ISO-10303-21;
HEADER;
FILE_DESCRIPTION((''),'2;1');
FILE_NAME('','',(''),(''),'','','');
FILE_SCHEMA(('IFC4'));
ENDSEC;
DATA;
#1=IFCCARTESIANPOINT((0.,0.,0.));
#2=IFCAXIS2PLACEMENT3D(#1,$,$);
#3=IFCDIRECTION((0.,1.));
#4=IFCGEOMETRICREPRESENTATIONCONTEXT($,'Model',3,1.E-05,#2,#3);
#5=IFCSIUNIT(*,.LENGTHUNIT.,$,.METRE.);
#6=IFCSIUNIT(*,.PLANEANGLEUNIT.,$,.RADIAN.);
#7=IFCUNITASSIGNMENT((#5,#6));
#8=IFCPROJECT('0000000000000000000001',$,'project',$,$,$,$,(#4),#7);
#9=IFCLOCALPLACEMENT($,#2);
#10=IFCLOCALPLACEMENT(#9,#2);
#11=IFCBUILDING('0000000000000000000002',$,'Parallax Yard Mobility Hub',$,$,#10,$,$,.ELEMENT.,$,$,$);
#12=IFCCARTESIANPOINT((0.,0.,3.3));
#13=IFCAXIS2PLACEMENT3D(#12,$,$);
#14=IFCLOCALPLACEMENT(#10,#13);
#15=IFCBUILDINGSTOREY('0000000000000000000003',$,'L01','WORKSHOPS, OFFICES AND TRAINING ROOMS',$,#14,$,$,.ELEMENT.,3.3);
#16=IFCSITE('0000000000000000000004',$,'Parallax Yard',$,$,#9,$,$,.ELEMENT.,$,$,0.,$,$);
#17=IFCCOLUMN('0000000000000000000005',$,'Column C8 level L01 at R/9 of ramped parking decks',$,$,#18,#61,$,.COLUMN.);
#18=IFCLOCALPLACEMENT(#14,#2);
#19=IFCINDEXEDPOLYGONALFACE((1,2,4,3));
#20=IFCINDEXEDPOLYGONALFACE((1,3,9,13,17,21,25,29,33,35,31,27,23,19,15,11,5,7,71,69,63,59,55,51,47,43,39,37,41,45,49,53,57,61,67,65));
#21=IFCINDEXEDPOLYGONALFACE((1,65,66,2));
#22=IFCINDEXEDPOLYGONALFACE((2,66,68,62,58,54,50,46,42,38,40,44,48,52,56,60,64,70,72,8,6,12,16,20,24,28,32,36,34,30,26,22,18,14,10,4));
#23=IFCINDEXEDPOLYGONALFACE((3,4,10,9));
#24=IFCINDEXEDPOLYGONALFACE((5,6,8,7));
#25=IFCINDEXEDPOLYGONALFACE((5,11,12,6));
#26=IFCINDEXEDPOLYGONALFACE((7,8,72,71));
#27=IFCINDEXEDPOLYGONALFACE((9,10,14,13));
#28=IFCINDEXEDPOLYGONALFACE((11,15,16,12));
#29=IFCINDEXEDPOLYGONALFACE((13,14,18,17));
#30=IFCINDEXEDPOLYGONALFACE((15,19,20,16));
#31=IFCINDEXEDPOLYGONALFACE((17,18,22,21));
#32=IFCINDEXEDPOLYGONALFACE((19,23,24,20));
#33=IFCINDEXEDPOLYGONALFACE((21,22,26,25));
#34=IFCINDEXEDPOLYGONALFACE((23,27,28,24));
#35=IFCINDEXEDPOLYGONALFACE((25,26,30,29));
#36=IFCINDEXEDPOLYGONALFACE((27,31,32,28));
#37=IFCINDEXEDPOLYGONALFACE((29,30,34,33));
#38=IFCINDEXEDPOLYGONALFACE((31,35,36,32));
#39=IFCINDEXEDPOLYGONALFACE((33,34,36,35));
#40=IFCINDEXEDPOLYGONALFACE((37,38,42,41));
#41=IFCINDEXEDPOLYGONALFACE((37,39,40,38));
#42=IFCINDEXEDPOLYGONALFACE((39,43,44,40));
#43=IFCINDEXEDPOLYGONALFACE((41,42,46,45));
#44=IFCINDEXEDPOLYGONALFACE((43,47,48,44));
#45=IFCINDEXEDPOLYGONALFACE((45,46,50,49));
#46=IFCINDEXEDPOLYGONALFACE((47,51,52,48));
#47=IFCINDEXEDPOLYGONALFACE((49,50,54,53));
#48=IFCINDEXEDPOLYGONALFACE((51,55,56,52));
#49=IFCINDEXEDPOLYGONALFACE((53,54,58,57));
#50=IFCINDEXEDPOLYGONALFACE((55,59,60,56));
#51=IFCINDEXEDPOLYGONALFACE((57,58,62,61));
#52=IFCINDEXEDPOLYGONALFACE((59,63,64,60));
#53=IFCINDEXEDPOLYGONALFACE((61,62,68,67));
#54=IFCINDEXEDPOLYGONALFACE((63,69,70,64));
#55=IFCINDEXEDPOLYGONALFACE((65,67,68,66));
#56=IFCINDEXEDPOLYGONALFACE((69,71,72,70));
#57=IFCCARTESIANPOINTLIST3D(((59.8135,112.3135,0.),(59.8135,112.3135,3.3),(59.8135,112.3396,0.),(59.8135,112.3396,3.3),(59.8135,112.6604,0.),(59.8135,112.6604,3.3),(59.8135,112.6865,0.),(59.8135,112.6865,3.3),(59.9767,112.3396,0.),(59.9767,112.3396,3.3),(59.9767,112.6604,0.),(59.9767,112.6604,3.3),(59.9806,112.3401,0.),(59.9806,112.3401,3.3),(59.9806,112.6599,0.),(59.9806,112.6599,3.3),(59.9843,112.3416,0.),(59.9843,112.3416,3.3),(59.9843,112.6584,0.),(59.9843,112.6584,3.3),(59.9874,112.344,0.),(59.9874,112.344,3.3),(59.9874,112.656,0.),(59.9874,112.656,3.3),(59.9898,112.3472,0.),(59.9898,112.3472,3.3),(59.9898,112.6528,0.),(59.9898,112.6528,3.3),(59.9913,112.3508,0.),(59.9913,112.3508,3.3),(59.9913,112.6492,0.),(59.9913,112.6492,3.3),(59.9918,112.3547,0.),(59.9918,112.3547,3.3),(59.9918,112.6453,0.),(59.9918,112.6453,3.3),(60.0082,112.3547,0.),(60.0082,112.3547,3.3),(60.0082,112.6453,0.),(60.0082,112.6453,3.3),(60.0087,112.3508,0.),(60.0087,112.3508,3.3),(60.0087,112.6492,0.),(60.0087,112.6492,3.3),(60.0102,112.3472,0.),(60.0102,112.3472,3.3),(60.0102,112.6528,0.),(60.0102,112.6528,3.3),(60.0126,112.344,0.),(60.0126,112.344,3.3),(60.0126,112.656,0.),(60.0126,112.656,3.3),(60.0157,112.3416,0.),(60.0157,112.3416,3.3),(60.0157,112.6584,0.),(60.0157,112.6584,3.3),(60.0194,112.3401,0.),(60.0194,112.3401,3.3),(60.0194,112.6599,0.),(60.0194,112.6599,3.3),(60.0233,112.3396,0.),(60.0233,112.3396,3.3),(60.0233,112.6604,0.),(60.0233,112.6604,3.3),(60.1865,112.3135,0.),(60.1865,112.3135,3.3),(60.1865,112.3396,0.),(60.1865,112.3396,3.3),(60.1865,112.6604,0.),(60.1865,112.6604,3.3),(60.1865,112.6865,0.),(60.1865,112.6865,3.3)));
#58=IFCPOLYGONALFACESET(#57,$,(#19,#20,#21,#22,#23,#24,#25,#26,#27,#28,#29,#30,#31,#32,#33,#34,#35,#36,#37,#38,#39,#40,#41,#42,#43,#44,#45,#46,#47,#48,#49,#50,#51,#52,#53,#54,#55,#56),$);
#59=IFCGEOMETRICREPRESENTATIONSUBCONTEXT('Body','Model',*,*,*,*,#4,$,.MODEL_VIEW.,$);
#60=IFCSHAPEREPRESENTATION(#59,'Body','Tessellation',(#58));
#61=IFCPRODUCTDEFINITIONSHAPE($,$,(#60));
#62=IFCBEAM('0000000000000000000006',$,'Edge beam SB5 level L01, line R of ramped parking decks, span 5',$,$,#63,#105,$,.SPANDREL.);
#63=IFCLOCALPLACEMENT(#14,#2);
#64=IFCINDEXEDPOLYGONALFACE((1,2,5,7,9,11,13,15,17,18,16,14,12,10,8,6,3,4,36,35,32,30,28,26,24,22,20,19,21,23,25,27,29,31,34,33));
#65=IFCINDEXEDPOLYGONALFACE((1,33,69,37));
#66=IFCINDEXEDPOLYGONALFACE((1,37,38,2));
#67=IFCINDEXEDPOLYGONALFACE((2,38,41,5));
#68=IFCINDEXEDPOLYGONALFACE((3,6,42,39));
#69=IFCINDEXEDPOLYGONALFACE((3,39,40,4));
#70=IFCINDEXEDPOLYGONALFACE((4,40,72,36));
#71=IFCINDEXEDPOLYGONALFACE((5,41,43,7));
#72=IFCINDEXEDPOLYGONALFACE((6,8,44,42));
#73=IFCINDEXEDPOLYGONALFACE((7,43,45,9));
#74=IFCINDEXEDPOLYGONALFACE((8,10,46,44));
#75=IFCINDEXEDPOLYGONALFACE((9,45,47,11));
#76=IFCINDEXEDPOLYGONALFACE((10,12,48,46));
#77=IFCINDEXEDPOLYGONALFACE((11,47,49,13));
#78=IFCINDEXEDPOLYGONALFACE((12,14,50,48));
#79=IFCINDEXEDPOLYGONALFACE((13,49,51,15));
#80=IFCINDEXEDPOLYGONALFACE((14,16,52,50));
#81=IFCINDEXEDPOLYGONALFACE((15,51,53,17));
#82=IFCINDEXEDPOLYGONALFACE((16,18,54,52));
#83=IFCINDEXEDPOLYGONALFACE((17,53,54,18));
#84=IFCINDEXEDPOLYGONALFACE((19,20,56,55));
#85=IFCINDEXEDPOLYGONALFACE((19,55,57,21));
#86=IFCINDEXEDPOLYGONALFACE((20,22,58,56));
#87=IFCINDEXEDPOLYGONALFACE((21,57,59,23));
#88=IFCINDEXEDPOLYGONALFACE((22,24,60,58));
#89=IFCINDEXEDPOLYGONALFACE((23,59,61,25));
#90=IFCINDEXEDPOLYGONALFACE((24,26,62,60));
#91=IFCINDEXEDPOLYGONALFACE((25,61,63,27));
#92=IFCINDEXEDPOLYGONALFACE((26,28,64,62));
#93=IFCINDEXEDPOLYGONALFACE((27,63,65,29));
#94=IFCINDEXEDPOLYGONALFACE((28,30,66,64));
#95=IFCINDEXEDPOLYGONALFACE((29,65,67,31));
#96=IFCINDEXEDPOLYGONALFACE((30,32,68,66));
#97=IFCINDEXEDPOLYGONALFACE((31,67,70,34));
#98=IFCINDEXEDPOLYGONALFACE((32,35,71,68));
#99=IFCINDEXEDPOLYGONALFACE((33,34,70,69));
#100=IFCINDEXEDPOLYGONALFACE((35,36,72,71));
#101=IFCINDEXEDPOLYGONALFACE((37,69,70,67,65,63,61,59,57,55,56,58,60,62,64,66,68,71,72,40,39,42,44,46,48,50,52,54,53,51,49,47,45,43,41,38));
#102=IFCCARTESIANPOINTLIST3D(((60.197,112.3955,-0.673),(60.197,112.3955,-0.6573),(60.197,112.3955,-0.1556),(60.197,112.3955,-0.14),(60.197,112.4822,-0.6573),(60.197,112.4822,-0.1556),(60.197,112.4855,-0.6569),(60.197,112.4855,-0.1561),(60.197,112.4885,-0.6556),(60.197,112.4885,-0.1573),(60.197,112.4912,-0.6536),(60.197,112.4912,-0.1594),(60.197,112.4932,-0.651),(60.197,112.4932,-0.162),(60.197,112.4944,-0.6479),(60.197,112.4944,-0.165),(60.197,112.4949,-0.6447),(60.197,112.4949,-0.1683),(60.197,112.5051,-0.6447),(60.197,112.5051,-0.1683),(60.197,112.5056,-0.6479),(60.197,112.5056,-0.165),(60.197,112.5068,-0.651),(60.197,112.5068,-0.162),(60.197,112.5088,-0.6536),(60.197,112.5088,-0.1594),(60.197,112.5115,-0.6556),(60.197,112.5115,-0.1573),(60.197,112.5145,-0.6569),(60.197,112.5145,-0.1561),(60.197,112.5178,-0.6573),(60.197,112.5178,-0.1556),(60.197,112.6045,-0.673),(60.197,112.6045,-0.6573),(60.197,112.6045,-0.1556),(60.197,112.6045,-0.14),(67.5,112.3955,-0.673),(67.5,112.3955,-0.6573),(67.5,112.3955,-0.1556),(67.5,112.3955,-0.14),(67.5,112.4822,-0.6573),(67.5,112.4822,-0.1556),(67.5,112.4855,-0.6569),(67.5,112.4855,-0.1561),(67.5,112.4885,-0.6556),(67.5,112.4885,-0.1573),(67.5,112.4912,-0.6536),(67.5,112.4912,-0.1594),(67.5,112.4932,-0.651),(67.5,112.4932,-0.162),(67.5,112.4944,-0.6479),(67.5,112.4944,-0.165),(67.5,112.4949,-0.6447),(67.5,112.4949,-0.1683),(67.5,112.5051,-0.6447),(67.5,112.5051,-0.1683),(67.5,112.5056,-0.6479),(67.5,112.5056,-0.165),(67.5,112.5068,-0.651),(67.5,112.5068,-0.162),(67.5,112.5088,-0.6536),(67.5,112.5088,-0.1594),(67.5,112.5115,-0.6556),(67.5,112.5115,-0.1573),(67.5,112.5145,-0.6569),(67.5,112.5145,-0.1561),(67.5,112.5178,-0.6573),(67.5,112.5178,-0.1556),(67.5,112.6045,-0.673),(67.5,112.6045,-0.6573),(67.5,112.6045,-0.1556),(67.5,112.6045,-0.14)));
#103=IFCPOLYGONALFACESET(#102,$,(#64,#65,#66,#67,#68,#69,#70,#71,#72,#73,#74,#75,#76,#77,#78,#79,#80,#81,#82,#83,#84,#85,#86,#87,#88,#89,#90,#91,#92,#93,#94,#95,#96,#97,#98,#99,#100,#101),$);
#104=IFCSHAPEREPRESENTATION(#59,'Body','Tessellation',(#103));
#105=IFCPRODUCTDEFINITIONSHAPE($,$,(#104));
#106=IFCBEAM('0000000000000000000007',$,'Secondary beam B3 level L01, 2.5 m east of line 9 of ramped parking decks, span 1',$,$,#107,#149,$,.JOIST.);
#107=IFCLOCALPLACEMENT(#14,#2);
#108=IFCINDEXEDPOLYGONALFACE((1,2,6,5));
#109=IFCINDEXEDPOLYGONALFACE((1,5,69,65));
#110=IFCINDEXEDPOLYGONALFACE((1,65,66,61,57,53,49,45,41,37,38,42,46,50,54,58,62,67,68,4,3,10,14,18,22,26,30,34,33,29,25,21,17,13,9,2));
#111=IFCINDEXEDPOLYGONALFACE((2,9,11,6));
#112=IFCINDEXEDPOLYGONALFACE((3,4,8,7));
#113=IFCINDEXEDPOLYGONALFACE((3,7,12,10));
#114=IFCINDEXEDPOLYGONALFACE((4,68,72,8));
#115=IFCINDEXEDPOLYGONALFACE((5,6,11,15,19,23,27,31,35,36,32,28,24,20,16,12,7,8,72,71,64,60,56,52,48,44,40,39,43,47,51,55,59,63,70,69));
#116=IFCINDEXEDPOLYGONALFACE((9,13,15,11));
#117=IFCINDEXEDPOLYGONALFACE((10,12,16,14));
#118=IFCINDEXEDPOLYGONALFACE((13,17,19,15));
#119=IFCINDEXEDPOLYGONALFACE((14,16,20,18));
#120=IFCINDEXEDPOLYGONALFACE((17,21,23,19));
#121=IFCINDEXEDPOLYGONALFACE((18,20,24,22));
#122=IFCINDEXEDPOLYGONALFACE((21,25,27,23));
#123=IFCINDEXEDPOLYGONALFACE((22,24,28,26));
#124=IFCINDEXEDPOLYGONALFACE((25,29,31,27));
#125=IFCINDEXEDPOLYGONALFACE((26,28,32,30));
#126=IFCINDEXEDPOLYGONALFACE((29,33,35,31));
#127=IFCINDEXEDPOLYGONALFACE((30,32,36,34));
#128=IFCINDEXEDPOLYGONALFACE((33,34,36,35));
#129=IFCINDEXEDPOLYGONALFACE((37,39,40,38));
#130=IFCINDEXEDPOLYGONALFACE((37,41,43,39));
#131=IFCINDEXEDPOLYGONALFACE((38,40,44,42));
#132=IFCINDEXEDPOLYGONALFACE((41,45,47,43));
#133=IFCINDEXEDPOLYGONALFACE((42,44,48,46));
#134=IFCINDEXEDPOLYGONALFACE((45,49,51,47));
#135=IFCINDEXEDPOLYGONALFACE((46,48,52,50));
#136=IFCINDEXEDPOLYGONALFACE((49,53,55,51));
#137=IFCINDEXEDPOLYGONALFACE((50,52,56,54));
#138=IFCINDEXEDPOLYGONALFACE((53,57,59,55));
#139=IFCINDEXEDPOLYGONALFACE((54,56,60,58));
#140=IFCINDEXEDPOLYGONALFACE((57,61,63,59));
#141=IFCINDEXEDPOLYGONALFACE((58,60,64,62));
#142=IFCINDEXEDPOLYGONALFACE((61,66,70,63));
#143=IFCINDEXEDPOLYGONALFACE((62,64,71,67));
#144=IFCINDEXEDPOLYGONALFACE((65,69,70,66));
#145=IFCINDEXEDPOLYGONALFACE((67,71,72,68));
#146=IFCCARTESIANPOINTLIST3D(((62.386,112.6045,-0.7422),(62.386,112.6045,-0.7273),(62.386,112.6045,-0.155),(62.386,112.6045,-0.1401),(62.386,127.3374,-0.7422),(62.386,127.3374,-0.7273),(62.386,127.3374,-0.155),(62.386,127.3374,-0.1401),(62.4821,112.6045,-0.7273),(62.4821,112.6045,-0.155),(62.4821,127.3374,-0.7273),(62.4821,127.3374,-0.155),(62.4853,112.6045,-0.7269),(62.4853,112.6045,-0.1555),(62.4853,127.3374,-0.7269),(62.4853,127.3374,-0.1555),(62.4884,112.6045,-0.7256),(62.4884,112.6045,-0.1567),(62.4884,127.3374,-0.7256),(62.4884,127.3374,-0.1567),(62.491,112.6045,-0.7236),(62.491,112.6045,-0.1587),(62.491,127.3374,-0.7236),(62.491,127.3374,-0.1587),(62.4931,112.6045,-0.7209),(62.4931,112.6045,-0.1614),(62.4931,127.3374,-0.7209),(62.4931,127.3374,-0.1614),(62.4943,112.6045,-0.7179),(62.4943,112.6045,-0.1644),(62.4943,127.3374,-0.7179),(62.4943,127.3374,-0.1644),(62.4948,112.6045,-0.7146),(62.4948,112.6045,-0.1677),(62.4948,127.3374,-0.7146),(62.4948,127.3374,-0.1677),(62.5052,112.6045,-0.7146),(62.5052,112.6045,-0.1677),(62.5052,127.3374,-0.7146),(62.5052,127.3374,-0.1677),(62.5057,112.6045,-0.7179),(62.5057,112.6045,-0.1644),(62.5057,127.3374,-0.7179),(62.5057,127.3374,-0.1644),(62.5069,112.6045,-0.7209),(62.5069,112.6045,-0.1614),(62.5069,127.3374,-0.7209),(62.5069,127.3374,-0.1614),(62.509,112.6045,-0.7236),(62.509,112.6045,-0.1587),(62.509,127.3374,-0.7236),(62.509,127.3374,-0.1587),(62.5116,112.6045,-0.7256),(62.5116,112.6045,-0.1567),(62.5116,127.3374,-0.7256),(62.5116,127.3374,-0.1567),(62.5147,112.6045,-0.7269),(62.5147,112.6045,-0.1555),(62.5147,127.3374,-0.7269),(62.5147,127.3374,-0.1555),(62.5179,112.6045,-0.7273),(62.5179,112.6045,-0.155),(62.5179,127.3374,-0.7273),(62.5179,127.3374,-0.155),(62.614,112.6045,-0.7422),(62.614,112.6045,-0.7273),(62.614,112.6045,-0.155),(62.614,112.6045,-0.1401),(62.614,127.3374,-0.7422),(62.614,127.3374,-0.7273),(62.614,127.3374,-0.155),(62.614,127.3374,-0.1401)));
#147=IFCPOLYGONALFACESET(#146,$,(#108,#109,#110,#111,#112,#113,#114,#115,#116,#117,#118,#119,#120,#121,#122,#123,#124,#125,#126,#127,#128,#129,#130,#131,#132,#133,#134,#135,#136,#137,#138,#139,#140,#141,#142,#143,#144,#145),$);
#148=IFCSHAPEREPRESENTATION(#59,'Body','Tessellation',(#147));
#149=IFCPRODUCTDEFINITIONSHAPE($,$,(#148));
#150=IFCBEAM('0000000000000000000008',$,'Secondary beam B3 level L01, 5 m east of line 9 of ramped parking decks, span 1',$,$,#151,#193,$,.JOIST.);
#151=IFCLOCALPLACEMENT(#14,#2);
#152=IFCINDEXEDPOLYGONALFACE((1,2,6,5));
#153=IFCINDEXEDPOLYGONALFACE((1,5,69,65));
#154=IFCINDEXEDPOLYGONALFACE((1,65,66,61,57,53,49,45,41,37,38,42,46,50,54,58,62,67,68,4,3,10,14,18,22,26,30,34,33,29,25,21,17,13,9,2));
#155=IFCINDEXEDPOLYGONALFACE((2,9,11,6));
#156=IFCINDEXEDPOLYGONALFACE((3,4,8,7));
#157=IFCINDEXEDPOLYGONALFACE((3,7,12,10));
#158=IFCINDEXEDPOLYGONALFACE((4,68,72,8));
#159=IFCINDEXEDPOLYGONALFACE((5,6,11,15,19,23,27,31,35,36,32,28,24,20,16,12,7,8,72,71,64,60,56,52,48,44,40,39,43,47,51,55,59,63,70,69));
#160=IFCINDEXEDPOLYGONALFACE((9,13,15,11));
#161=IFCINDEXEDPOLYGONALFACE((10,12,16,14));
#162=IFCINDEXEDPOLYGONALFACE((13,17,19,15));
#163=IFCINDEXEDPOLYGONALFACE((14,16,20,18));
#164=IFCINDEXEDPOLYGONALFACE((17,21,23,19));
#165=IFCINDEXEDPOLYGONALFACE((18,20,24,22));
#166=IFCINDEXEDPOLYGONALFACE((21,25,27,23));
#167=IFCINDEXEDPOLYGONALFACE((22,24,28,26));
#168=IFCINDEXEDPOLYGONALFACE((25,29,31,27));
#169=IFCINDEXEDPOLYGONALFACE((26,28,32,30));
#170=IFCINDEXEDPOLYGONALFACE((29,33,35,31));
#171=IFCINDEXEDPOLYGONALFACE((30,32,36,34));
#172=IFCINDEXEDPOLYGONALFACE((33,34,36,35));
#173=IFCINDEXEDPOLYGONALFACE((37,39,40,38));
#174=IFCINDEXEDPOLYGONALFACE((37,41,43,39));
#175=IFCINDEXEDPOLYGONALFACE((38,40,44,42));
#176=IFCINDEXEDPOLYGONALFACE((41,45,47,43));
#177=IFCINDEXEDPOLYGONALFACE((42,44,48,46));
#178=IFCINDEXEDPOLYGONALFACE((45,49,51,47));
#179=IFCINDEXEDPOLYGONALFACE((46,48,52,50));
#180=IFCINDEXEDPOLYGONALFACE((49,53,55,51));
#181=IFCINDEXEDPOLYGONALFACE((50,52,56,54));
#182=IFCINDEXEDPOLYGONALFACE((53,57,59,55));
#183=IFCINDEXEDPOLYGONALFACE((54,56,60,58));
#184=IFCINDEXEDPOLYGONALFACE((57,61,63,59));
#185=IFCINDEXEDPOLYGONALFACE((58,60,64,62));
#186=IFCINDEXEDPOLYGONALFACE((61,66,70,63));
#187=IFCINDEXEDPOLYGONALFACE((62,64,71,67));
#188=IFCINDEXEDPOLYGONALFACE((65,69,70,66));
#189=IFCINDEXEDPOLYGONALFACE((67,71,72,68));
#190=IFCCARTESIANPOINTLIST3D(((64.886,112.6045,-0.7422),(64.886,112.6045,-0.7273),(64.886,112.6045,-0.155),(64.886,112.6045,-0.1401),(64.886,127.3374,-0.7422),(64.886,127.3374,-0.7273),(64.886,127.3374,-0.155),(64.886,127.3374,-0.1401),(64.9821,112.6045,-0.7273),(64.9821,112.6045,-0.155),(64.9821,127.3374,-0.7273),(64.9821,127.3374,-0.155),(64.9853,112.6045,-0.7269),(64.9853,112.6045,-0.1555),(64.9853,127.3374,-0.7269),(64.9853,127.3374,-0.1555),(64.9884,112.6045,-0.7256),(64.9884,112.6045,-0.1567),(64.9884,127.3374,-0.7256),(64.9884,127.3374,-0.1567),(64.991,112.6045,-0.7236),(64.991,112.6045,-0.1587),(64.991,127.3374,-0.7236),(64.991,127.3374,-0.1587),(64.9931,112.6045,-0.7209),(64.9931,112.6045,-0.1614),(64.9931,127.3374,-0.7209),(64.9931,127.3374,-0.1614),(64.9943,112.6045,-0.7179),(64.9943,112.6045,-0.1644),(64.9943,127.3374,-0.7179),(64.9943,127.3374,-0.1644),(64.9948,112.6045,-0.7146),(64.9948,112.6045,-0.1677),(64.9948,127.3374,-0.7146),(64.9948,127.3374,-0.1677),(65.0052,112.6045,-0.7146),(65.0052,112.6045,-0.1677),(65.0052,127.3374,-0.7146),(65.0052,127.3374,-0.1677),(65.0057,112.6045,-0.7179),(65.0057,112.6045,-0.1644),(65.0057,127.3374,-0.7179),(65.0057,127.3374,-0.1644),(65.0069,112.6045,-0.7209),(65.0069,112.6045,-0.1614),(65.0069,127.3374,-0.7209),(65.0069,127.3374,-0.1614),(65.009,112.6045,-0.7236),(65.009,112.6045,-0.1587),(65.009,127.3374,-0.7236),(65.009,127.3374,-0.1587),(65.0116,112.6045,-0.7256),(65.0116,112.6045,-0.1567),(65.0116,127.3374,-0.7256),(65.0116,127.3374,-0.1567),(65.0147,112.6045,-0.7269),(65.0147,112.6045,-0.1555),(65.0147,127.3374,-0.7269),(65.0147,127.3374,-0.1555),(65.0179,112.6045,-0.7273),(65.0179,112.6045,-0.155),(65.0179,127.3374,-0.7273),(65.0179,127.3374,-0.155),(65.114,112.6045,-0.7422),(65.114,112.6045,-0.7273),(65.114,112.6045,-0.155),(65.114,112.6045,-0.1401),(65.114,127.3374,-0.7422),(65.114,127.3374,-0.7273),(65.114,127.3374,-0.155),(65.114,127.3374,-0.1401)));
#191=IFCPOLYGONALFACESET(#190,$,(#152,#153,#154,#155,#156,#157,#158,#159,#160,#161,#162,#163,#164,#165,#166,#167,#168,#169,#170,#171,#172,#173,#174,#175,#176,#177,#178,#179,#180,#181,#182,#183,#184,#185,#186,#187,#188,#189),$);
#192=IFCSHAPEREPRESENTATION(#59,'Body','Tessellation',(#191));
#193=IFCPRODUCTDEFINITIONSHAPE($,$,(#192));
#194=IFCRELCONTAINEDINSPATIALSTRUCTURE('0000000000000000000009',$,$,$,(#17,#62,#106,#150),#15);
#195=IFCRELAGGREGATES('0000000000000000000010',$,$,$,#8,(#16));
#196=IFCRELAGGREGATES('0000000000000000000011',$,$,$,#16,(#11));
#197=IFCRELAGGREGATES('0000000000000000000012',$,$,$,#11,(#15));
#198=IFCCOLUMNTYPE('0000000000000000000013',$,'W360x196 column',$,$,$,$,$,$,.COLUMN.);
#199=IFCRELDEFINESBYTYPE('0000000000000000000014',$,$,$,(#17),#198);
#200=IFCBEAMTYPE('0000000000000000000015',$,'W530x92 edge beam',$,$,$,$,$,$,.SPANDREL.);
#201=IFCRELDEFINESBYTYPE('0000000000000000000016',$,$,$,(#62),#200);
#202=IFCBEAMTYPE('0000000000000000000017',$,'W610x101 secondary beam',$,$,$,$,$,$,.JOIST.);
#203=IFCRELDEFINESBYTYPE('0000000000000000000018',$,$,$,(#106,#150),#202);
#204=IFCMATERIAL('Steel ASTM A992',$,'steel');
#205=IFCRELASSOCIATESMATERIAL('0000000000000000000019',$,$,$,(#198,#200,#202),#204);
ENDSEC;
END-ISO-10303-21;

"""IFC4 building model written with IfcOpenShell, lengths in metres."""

from ifc_helpers import new_model, si_unit, direction, frame, origin, origin_2d, place, context, subcontext, project, spatial, i_section, extrude, material, material_profile, profile_set, type_object, element, save


model = new_model("IFC4")

# Units and contexts
model_context = context("Model", 3, precision=1e-05, world=origin(), true_north=direction((0.0, 1.0)))
body_context = subcontext(model_context, "Body", "Model", "MODEL_VIEW")
ifc_project = project(units=[si_unit("LENGTHUNIT", "METRE"), si_unit("PLANEANGLEUNIT", "RADIAN")], contexts=[model_context])

# Site, building, storey
site_placement = place(None, origin())
site = spatial("IfcSite", under=ifc_project, at=site_placement, Name="Parallax Yard", CompositionType="ELEMENT", RefElevation=0.0)
building_placement = place(site_placement, origin())
building = spatial("IfcBuilding", under=site, at=building_placement, Name="Parallax Yard Mobility Hub", CompositionType="ELEMENT")
storey_placement = place(building_placement, frame((0.0, 0.0, 3.3)))
storey = spatial("IfcBuildingStorey", under=building, at=storey_placement, Name="L01", Description="WORKSHOPS, OFFICES AND TRAINING ROOMS", CompositionType="ELEMENT", Elevation=3.3)

# Column
ifc_material_1 = material(Name="Steel ASTM A992", Category="steel")
ifc_material_profile_1 = material_profile(ifc_material_1, i_section(OverallWidth=0.373, OverallDepth=0.373, WebThickness=0.0164, FlangeThickness=0.0261, FilletRadius=0.0151, at=origin_2d()), Name="W360x196")
ifc_profile_set_1 = profile_set([ifc_material_profile_1], Name="Steel ASTM A992")
column_type = type_object("IfcColumnType", Name="W360x196 column", PredefinedType="COLUMN", material=ifc_profile_set_1)
column_placement = place(storey_placement, frame((60.0, 112.5, 0.0), z_axis=(0.0, 0.0, 1.0), x_axis=(1.0, 0.0, 0.0)))
element("IfcColumn", 1, at=column_placement, inside=storey, type_object=column_type, Name="Column C8 level L01 at R/9 of ramped parking decks", PredefinedType="COLUMN", context=body_context, shape_type="SweptSolid", body=[
    extrude(i_section(OverallWidth=0.373, OverallDepth=0.373, WebThickness=0.0164, FlangeThickness=0.0261, FilletRadius=0.0151, at=origin_2d()), origin(), (0.0, 0.0, 1.0), 3.3),
])

# Beams
ifc_material_profile_2 = material_profile(ifc_material_1, i_section(OverallWidth=0.209, OverallDepth=0.533, WebThickness=0.0103, FlangeThickness=0.0156, FilletRadius=0.0127, at=origin_2d()), Name="W530x92")
ifc_profile_set_2 = profile_set([ifc_material_profile_2], Name="Steel ASTM A992")
beam_type_1 = type_object("IfcBeamType", Name="W530x92 edge beam", PredefinedType="SPANDREL", material=ifc_profile_set_2)
beam_placement = place(storey_placement, frame((60.197, 112.5, -0.4065), z_axis=(1.0, 0.0, 0.0), x_axis=(0.0, 1.0, 0.0)))
element("IfcBeam", 2, at=beam_placement, inside=storey, type_object=beam_type_1, Name="Edge beam SB5 level L01, line R of ramped parking decks, span 5", PredefinedType="SPANDREL", context=body_context, shape_type="SweptSolid", body=[
    extrude(i_section(OverallWidth=0.209, OverallDepth=0.533, WebThickness=0.0103, FlangeThickness=0.0156, FilletRadius=0.0127, at=origin_2d()), origin(), (0.0, 0.0, 1.0), 7.303),
])
ifc_material_profile_3 = material_profile(ifc_material_1, i_section(OverallWidth=0.228, OverallDepth=0.6021, WebThickness=0.0105, FlangeThickness=0.0149, FilletRadius=0.0127, at=origin_2d()), Name="W610x101")
ifc_profile_set_3 = profile_set([ifc_material_profile_3], Name="Steel ASTM A992")
beam_type_2 = type_object("IfcBeamType", Name="W610x101 secondary beam", PredefinedType="JOIST", material=ifc_profile_set_3)
for number, where, z_axis, x_axis, name in (
    (3, (62.5, 112.6045, -0.4412), (0.0, 1.0, 0.0), (-1.0, 0.0, 0.0), "Secondary beam B3 level L01, 2.5 m east of line 9 of ramped parking decks, span 1"),
    (4, (65.0, 112.6045, -0.4412), (0.0, 1.0, 0.0), (-1.0, 0.0, 0.0), "Secondary beam B3 level L01, 5 m east of line 9 of ramped parking decks, span 1"),
):
    element("IfcBeam", number, at=place(storey_placement, frame(where, z_axis=z_axis, x_axis=x_axis)), inside=storey, type_object=beam_type_2, Name=name, PredefinedType="JOIST", context=body_context, shape_type="SweptSolid", body=[
        extrude(i_section(OverallWidth=0.228, OverallDepth=0.6021, WebThickness=0.0105, FlangeThickness=0.0149, FilletRadius=0.0127, at=origin_2d()), origin(), (0.0, 0.0, 1.0), 14.7329),
    ])

save(model, "model.ifc")
